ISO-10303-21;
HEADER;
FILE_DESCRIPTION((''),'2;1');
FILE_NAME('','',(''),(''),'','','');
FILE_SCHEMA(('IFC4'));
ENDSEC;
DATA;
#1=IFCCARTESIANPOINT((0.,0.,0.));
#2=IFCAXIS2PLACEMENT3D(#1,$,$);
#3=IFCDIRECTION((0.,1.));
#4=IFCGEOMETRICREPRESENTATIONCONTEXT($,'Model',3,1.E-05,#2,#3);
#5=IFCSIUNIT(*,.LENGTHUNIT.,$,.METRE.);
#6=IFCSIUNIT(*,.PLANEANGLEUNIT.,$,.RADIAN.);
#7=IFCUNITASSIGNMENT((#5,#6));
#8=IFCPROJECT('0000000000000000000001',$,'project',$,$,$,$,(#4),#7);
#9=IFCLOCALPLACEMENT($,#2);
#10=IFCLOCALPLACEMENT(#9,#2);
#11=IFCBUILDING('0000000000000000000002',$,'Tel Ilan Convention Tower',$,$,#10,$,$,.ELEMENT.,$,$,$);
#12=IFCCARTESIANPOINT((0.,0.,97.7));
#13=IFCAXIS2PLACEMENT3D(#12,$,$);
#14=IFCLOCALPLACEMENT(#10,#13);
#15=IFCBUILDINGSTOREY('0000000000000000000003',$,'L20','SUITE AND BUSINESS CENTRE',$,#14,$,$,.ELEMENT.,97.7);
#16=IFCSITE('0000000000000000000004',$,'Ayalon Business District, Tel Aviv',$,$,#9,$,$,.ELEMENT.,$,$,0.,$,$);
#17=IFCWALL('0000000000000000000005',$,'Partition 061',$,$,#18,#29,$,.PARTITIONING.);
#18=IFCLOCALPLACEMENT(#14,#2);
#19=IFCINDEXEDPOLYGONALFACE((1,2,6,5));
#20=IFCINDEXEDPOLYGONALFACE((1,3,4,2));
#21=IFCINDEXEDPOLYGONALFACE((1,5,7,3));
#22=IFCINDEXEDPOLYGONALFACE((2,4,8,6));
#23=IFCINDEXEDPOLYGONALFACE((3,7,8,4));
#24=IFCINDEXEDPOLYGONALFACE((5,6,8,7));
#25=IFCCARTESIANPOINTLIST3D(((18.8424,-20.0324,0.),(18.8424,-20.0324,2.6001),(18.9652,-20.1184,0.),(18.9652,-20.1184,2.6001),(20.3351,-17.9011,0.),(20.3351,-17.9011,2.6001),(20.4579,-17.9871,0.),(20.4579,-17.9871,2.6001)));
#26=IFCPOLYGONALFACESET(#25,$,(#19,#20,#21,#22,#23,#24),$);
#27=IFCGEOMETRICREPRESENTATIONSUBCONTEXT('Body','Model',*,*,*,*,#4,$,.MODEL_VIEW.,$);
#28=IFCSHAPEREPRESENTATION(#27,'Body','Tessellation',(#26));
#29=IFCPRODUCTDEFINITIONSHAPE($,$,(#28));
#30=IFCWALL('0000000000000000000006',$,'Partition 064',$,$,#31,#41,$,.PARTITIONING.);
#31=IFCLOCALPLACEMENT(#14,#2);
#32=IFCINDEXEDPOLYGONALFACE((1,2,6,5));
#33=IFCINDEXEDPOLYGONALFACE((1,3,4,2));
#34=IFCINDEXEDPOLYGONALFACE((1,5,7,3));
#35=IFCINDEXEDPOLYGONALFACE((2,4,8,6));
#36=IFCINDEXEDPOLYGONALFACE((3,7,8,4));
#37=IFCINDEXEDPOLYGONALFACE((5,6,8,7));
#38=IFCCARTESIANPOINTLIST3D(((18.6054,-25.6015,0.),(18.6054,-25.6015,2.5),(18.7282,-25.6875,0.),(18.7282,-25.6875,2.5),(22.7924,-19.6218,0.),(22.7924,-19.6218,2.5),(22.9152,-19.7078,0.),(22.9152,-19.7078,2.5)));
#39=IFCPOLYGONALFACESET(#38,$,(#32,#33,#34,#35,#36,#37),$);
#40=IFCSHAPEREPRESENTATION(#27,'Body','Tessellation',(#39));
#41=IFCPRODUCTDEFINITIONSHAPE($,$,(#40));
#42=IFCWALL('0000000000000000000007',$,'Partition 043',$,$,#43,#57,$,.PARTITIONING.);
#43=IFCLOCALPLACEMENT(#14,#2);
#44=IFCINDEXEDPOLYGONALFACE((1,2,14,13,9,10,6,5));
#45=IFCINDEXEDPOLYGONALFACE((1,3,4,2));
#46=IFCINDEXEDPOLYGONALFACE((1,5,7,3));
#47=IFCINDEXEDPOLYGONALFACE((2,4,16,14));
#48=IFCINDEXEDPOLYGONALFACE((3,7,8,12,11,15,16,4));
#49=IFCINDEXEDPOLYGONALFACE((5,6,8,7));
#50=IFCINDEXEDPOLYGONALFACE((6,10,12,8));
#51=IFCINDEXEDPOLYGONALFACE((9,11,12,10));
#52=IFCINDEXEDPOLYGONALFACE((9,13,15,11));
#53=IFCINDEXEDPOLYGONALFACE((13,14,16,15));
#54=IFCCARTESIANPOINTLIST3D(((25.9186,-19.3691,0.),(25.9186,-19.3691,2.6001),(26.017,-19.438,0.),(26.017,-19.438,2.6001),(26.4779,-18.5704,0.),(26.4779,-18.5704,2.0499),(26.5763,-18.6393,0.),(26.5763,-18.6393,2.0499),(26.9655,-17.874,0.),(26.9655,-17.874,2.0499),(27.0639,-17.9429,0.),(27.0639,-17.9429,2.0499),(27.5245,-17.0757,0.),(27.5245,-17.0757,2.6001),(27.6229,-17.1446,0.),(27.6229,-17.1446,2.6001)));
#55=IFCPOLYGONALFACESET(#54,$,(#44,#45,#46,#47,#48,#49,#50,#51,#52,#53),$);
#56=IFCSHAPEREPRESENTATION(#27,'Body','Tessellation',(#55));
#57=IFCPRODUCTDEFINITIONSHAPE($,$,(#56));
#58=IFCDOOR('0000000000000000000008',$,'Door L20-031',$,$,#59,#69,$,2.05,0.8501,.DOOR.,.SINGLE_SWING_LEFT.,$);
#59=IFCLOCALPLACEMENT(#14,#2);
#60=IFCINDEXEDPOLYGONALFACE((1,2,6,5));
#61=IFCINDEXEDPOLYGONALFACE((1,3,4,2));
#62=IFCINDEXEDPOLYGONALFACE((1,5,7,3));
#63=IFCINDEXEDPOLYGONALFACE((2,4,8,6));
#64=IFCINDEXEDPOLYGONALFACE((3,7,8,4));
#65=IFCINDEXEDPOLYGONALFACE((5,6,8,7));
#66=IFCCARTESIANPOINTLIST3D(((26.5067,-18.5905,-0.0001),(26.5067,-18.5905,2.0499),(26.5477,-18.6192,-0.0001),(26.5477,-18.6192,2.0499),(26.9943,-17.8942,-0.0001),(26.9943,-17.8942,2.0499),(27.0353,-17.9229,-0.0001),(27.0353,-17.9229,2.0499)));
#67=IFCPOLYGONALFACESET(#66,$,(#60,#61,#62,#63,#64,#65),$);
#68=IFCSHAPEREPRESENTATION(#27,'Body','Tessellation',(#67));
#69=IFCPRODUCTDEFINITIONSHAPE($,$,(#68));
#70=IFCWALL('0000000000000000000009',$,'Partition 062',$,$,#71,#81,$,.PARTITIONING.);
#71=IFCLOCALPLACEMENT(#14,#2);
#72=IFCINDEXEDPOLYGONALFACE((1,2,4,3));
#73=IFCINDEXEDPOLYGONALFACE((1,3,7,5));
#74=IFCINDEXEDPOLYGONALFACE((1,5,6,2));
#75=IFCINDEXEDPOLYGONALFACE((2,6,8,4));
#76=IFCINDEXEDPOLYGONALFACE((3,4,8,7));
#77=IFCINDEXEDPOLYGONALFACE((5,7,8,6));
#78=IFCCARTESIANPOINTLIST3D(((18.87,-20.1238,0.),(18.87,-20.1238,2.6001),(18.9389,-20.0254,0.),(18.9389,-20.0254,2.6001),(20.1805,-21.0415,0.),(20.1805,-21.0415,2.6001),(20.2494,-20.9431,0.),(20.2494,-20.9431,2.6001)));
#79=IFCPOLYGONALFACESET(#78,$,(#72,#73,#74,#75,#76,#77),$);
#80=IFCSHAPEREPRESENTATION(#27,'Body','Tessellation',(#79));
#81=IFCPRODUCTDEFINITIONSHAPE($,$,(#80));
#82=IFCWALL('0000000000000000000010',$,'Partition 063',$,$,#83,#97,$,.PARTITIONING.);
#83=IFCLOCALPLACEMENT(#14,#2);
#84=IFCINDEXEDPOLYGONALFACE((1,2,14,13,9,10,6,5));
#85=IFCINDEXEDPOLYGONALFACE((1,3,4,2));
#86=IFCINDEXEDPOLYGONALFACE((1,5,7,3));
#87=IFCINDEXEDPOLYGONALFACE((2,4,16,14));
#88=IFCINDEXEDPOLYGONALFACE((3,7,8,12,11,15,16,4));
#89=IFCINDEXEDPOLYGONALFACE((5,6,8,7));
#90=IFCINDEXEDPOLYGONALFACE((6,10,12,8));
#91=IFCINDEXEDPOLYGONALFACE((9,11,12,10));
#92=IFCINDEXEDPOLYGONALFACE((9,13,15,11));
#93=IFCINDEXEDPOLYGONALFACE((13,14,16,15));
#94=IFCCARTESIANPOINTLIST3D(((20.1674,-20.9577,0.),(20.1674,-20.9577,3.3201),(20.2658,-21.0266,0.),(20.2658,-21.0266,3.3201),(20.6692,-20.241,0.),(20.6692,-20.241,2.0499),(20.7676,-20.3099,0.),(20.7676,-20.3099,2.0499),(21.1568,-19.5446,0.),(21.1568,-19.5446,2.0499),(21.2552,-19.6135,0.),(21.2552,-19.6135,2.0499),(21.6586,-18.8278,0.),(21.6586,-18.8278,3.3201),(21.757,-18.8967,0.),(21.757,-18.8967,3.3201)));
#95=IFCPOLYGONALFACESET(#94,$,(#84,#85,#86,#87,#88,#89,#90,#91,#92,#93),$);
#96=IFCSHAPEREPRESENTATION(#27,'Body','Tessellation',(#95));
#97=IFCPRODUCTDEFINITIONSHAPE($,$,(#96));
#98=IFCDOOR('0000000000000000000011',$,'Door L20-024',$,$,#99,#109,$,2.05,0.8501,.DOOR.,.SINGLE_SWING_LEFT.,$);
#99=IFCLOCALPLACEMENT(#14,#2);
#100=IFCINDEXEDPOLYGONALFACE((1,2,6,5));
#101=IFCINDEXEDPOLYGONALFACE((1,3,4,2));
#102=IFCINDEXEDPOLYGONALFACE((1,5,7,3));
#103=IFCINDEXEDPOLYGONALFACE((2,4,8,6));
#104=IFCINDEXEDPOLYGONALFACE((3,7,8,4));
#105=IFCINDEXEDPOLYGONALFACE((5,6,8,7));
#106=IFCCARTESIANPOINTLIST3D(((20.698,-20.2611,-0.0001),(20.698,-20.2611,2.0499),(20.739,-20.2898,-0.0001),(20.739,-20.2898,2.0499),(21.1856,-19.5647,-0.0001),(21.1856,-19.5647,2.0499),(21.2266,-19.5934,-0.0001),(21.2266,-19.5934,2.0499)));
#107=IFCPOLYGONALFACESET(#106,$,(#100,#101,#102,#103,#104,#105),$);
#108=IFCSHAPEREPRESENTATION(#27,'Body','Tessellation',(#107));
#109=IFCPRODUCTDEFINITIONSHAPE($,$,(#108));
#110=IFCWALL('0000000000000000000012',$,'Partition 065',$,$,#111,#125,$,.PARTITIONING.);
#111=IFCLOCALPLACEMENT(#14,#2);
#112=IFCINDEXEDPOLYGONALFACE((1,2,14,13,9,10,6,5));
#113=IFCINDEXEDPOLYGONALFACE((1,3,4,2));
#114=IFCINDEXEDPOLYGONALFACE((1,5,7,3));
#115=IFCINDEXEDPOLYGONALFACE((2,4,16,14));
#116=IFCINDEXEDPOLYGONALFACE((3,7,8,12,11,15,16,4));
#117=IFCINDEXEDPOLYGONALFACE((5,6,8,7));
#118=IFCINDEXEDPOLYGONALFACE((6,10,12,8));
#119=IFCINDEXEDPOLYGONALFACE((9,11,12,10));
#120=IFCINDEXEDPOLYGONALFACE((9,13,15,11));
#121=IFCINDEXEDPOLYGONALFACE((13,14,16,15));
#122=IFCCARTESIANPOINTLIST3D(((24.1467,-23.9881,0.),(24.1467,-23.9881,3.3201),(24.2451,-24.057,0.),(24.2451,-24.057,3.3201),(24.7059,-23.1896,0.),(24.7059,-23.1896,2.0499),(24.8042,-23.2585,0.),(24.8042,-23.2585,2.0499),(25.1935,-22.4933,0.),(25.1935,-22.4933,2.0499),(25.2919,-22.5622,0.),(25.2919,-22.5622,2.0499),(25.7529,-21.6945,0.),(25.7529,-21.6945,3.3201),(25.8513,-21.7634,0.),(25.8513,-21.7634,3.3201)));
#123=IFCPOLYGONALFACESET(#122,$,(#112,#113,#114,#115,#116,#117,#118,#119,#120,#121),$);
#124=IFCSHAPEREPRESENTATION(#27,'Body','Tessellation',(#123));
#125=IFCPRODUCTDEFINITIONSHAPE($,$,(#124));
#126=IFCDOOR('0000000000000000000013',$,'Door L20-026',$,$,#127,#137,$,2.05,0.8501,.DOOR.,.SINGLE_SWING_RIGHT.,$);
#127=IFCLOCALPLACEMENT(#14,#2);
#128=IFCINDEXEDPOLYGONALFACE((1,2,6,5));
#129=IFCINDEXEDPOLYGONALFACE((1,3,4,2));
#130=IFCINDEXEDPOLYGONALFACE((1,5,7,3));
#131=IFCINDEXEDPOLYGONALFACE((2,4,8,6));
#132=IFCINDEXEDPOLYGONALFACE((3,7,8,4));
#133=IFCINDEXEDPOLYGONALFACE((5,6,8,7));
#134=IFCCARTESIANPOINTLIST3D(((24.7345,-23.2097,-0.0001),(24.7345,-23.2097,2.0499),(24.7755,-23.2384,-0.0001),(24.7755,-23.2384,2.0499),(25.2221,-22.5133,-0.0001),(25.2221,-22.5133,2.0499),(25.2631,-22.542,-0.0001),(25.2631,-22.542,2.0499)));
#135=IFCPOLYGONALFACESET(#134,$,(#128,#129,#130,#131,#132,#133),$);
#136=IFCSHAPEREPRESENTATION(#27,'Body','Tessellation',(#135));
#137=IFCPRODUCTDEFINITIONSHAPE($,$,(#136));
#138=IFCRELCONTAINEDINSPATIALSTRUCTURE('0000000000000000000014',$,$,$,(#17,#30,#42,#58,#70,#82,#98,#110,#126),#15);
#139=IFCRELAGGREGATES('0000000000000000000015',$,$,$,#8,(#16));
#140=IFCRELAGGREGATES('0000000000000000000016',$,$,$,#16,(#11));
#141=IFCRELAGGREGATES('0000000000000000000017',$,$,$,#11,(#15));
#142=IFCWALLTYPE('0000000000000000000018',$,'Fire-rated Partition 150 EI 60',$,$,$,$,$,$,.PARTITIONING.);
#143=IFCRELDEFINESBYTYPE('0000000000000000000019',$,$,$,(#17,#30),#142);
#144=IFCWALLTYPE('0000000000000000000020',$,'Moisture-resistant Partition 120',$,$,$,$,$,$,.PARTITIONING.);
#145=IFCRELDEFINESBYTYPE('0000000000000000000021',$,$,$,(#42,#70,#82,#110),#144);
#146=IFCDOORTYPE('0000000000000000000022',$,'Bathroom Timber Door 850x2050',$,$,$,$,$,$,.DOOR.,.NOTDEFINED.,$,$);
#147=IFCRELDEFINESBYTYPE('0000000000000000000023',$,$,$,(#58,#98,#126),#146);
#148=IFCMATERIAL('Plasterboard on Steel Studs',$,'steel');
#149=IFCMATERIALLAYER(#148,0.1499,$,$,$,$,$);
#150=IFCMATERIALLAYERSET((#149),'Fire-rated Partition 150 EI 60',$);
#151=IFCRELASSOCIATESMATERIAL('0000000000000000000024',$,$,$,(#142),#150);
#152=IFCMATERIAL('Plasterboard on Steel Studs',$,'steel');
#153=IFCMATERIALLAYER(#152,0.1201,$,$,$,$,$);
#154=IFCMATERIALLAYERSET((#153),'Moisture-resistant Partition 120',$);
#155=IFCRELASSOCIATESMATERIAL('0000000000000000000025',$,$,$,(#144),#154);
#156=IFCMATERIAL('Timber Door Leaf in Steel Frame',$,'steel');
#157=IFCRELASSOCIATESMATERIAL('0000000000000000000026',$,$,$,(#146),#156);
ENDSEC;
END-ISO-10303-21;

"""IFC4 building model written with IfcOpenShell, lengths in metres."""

from ifc_helpers import new_model, si_unit, direction, frame, frame_2d, origin, place, context, subcontext, project, spatial, rectangle, extrude, material, layer, layer_set, type_object, element, fill, save


model = new_model("IFC4")

# Units and contexts
model_context = context("Model", 3, precision=1e-05, world=origin(), true_north=direction((0.0, 1.0)))
body_context = subcontext(model_context, "Body", "Model", "MODEL_VIEW")
ifc_project = project(units=[si_unit("LENGTHUNIT", "METRE"), si_unit("PLANEANGLEUNIT", "RADIAN")], contexts=[model_context])

# Site, building, storey
site_placement = place(None, origin())
site = spatial("IfcSite", under=ifc_project, at=site_placement, Name="Ayalon Business District, Tel Aviv", CompositionType="ELEMENT", RefElevation=0.0)
building_placement = place(site_placement, origin())
building = spatial("IfcBuilding", under=site, at=building_placement, Name="Tel Ilan Convention Tower", CompositionType="ELEMENT")
storey_placement = place(building_placement, frame((0.0, 0.0, 97.7)))
storey = spatial("IfcBuildingStorey", under=building, at=storey_placement, Name="L20", Description="SUITE AND BUSINESS CENTRE", CompositionType="ELEMENT", Elevation=97.7)

# Shared definitions
ifc_material_1 = material(Name="Plasterboard on Steel Studs", Category="steel")
ifc_layer_1 = layer(ifc_material_1, 0.1499)
ifc_layer_set_1 = layer_set([ifc_layer_1], Name="Fire-rated Partition 150 EI 60")
wall_type_1 = type_object("IfcWallType", Name="Fire-rated Partition 150 EI 60", PredefinedType="PARTITIONING", material=ifc_layer_set_1)

# Walls
wall_1_placement = place(storey_placement, frame((20.3965, -17.9441, 0.0), z_axis=(0.0, 0.0, 1.0), x_axis=(-0.573651, -0.8191, 0.0)))
element("IfcWall", 1, at=wall_1_placement, inside=storey, type_object=wall_type_1, Name="Partition 061", PredefinedType="PARTITIONING", context=body_context, shape_type="SweptSolid", body=[
    extrude(rectangle(XDim=2.6021, YDim=0.1499, at=frame_2d((1.301, 0.0))), origin(), (0.0, 0.0, 1.0), 2.6001),
])
wall_2_placement = place(storey_placement, frame((22.8538, -19.6648, 0.0), z_axis=(0.0, 0.0, 1.0), x_axis=(-0.573572, -0.819155, 0.0)))
element("IfcWall", 2, at=wall_2_placement, inside=storey, type_object=wall_type_1, Name="Partition 064", PredefinedType="PARTITIONING", context=body_context, shape_type="SweptSolid", body=[
    extrude(rectangle(XDim=7.2998, YDim=0.1499, at=frame_2d((3.6499, 0.0))), origin(), (0.0, 0.0, 1.0), 2.5),
])

# Wall, opening, door
ifc_material_2 = material(Name="Plasterboard on Steel Studs", Category="steel")
ifc_layer_2 = layer(ifc_material_2, 0.1201)
ifc_layer_set_2 = layer_set([ifc_layer_2], Name="Moisture-resistant Partition 120")
wall_type_2 = type_object("IfcWallType", Name="Moisture-resistant Partition 120", PredefinedType="PARTITIONING", material=ifc_layer_set_2)
wall_3_placement = place(storey_placement, frame((25.9678, -19.4036, 0.0), z_axis=(0.0, 0.0, 1.0), x_axis=(0.573591, 0.819142, 0.0)))
wall_3 = element("IfcWall", 3, at=wall_3_placement, inside=storey, type_object=wall_type_2, Name="Partition 043", PredefinedType="PARTITIONING", context=body_context, shape_type="SweptSolid", body=[
    extrude(rectangle(XDim=2.7998, YDim=0.1201, at=frame_2d((1.3999, 0.0))), origin(), (0.0, 0.0, 1.0), 2.6001),
])
opening_1_placement = place(wall_3_placement, frame((0.9751, 0.0, 0.0)))
opening_1 = element("IfcOpeningElement", 4, at=opening_1_placement, cuts=wall_3, PredefinedType="OPENING", context=body_context, shape_type="SweptSolid", body=[
    extrude(rectangle(XDim=0.8501, YDim=2.05, at=frame_2d((0.425, 1.0249))), frame((0.0, 0.0701, 0.0), z_axis=(0.0, -1.0, 0.0), x_axis=(1.0, 0.0, 0.0)), (0.0, 0.0, 1.0), 0.1401),
])
ifc_material_3 = material(Name="Timber Door Leaf in Steel Frame", Category="steel")
door_type_1 = type_object("IfcDoorType", Name="Bathroom Timber Door 850x2050", OperationType="NOTDEFINED", PredefinedType="DOOR", material=ifc_material_3)
door_1_placement = place(opening_1_placement, origin())
door_1 = element("IfcDoor", 5, at=door_1_placement, inside=storey, type_object=door_type_1, Name="Door L20-031", OperationType="SINGLE_SWING_LEFT", OverallHeight=2.05, OverallWidth=0.8501, PredefinedType="DOOR", context=body_context, shape_type="SweptSolid", body=[
    extrude(rectangle(XDim=0.8501, YDim=2.05, at=frame_2d((0.425, 1.0249))), frame((0.0, 0.0249, 0.0), z_axis=(0.0, -1.0, 0.0), x_axis=(1.0, 0.0, 0.0)), (0.0, 0.0, 1.0), 0.05),
])
fill(opening_1, door_1)

# Wall
wall_4_placement = place(storey_placement, frame((18.9045, -20.0747, 0.0), z_axis=(0.0, 0.0, 1.0), x_axis=(0.819132, -0.573606, 0.0)))
element("IfcWall", 6, at=wall_4_placement, inside=storey, type_object=wall_type_2, Name="Partition 062", PredefinedType="PARTITIONING", context=body_context, shape_type="SweptSolid", body=[
    extrude(rectangle(XDim=1.5999, YDim=0.1201, at=frame_2d((0.7998, 0.0))), origin(), (0.0, 0.0, 1.0), 2.6001),
])

# Walls, openings, doors
wall_5_placement = place(storey_placement, frame((20.2166, -20.9922, 0.0), z_axis=(0.0, 0.0, 1.0), x_axis=(0.573538, 0.819179, 0.0)))
wall_5 = element("IfcWall", 7, at=wall_5_placement, inside=storey, type_object=wall_type_2, Name="Partition 063", PredefinedType="PARTITIONING", context=body_context, shape_type="SweptSolid", body=[
    extrude(rectangle(XDim=2.6001, YDim=0.1201, at=frame_2d((1.3, 0.0))), origin(), (0.0, 0.0, 1.0), 3.3201),
])
opening_2_placement = place(wall_5_placement, frame((0.875, 0.0, 0.0)))
opening_2 = element("IfcOpeningElement", 8, at=opening_2_placement, cuts=wall_5, PredefinedType="OPENING", context=body_context, shape_type="SweptSolid", body=[
    extrude(rectangle(XDim=0.8501, YDim=2.05, at=frame_2d((0.425, 1.0249))), frame((0.0, 0.0701, 0.0), z_axis=(0.0, -1.0, 0.0), x_axis=(1.0, 0.0, 0.0)), (0.0, 0.0, 1.0), 0.1401),
])
door_2_placement = place(opening_2_placement, origin())
door_2 = element("IfcDoor", 9, at=door_2_placement, inside=storey, type_object=door_type_1, Name="Door L20-024", OperationType="SINGLE_SWING_LEFT", OverallHeight=2.05, OverallWidth=0.8501, PredefinedType="DOOR", context=body_context, shape_type="SweptSolid", body=[
    extrude(rectangle(XDim=0.8501, YDim=2.05, at=frame_2d((0.425, 1.0249))), frame((0.0, 0.0249, 0.0), z_axis=(0.0, -1.0, 0.0), x_axis=(1.0, 0.0, 0.0)), (0.0, 0.0, 1.0), 0.05),
])
fill(opening_2, door_2)
wall_6_placement = place(storey_placement, frame((25.802, -21.729, 0.0), z_axis=(0.0, 0.0, 1.0), x_axis=(-0.573609, -0.81913, 0.0)))
wall_6 = element("IfcWall", 10, at=wall_6_placement, inside=storey, type_object=wall_type_2, Name="Partition 065", PredefinedType="PARTITIONING", context=body_context, shape_type="SweptSolid", body=[
    extrude(rectangle(XDim=2.8, YDim=0.1201, at=frame_2d((1.3999, 0.0))), origin(), (0.0, 0.0, 1.0), 3.3201),
])
opening_3_placement = place(wall_6_placement, frame((0.9751, 0.0, 0.0)))
opening_3 = element("IfcOpeningElement", 11, at=opening_3_placement, cuts=wall_6, PredefinedType="OPENING", context=body_context, shape_type="SweptSolid", body=[
    extrude(rectangle(XDim=0.8501, YDim=2.05, at=frame_2d((0.425, 1.0249))), frame((0.0, 0.0701, 0.0), z_axis=(0.0, -1.0, 0.0), x_axis=(1.0, 0.0, 0.0)), (0.0, 0.0, 1.0), 0.1401),
])
door_3_placement = place(opening_3_placement, origin())
door_3 = element("IfcDoor", 12, at=door_3_placement, inside=storey, type_object=door_type_1, Name="Door L20-026", OperationType="SINGLE_SWING_RIGHT", OverallHeight=2.05, OverallWidth=0.8501, PredefinedType="DOOR", context=body_context, shape_type="SweptSolid", body=[
    extrude(rectangle(XDim=0.8501, YDim=2.05, at=frame_2d((0.425, 1.0249))), frame((0.0, 0.0249, 0.0), z_axis=(0.0, -1.0, 0.0), x_axis=(1.0, 0.0, 0.0)), (0.0, 0.0, 1.0), 0.05),
])
fill(opening_3, door_3)

save(model, "model.ifc")
